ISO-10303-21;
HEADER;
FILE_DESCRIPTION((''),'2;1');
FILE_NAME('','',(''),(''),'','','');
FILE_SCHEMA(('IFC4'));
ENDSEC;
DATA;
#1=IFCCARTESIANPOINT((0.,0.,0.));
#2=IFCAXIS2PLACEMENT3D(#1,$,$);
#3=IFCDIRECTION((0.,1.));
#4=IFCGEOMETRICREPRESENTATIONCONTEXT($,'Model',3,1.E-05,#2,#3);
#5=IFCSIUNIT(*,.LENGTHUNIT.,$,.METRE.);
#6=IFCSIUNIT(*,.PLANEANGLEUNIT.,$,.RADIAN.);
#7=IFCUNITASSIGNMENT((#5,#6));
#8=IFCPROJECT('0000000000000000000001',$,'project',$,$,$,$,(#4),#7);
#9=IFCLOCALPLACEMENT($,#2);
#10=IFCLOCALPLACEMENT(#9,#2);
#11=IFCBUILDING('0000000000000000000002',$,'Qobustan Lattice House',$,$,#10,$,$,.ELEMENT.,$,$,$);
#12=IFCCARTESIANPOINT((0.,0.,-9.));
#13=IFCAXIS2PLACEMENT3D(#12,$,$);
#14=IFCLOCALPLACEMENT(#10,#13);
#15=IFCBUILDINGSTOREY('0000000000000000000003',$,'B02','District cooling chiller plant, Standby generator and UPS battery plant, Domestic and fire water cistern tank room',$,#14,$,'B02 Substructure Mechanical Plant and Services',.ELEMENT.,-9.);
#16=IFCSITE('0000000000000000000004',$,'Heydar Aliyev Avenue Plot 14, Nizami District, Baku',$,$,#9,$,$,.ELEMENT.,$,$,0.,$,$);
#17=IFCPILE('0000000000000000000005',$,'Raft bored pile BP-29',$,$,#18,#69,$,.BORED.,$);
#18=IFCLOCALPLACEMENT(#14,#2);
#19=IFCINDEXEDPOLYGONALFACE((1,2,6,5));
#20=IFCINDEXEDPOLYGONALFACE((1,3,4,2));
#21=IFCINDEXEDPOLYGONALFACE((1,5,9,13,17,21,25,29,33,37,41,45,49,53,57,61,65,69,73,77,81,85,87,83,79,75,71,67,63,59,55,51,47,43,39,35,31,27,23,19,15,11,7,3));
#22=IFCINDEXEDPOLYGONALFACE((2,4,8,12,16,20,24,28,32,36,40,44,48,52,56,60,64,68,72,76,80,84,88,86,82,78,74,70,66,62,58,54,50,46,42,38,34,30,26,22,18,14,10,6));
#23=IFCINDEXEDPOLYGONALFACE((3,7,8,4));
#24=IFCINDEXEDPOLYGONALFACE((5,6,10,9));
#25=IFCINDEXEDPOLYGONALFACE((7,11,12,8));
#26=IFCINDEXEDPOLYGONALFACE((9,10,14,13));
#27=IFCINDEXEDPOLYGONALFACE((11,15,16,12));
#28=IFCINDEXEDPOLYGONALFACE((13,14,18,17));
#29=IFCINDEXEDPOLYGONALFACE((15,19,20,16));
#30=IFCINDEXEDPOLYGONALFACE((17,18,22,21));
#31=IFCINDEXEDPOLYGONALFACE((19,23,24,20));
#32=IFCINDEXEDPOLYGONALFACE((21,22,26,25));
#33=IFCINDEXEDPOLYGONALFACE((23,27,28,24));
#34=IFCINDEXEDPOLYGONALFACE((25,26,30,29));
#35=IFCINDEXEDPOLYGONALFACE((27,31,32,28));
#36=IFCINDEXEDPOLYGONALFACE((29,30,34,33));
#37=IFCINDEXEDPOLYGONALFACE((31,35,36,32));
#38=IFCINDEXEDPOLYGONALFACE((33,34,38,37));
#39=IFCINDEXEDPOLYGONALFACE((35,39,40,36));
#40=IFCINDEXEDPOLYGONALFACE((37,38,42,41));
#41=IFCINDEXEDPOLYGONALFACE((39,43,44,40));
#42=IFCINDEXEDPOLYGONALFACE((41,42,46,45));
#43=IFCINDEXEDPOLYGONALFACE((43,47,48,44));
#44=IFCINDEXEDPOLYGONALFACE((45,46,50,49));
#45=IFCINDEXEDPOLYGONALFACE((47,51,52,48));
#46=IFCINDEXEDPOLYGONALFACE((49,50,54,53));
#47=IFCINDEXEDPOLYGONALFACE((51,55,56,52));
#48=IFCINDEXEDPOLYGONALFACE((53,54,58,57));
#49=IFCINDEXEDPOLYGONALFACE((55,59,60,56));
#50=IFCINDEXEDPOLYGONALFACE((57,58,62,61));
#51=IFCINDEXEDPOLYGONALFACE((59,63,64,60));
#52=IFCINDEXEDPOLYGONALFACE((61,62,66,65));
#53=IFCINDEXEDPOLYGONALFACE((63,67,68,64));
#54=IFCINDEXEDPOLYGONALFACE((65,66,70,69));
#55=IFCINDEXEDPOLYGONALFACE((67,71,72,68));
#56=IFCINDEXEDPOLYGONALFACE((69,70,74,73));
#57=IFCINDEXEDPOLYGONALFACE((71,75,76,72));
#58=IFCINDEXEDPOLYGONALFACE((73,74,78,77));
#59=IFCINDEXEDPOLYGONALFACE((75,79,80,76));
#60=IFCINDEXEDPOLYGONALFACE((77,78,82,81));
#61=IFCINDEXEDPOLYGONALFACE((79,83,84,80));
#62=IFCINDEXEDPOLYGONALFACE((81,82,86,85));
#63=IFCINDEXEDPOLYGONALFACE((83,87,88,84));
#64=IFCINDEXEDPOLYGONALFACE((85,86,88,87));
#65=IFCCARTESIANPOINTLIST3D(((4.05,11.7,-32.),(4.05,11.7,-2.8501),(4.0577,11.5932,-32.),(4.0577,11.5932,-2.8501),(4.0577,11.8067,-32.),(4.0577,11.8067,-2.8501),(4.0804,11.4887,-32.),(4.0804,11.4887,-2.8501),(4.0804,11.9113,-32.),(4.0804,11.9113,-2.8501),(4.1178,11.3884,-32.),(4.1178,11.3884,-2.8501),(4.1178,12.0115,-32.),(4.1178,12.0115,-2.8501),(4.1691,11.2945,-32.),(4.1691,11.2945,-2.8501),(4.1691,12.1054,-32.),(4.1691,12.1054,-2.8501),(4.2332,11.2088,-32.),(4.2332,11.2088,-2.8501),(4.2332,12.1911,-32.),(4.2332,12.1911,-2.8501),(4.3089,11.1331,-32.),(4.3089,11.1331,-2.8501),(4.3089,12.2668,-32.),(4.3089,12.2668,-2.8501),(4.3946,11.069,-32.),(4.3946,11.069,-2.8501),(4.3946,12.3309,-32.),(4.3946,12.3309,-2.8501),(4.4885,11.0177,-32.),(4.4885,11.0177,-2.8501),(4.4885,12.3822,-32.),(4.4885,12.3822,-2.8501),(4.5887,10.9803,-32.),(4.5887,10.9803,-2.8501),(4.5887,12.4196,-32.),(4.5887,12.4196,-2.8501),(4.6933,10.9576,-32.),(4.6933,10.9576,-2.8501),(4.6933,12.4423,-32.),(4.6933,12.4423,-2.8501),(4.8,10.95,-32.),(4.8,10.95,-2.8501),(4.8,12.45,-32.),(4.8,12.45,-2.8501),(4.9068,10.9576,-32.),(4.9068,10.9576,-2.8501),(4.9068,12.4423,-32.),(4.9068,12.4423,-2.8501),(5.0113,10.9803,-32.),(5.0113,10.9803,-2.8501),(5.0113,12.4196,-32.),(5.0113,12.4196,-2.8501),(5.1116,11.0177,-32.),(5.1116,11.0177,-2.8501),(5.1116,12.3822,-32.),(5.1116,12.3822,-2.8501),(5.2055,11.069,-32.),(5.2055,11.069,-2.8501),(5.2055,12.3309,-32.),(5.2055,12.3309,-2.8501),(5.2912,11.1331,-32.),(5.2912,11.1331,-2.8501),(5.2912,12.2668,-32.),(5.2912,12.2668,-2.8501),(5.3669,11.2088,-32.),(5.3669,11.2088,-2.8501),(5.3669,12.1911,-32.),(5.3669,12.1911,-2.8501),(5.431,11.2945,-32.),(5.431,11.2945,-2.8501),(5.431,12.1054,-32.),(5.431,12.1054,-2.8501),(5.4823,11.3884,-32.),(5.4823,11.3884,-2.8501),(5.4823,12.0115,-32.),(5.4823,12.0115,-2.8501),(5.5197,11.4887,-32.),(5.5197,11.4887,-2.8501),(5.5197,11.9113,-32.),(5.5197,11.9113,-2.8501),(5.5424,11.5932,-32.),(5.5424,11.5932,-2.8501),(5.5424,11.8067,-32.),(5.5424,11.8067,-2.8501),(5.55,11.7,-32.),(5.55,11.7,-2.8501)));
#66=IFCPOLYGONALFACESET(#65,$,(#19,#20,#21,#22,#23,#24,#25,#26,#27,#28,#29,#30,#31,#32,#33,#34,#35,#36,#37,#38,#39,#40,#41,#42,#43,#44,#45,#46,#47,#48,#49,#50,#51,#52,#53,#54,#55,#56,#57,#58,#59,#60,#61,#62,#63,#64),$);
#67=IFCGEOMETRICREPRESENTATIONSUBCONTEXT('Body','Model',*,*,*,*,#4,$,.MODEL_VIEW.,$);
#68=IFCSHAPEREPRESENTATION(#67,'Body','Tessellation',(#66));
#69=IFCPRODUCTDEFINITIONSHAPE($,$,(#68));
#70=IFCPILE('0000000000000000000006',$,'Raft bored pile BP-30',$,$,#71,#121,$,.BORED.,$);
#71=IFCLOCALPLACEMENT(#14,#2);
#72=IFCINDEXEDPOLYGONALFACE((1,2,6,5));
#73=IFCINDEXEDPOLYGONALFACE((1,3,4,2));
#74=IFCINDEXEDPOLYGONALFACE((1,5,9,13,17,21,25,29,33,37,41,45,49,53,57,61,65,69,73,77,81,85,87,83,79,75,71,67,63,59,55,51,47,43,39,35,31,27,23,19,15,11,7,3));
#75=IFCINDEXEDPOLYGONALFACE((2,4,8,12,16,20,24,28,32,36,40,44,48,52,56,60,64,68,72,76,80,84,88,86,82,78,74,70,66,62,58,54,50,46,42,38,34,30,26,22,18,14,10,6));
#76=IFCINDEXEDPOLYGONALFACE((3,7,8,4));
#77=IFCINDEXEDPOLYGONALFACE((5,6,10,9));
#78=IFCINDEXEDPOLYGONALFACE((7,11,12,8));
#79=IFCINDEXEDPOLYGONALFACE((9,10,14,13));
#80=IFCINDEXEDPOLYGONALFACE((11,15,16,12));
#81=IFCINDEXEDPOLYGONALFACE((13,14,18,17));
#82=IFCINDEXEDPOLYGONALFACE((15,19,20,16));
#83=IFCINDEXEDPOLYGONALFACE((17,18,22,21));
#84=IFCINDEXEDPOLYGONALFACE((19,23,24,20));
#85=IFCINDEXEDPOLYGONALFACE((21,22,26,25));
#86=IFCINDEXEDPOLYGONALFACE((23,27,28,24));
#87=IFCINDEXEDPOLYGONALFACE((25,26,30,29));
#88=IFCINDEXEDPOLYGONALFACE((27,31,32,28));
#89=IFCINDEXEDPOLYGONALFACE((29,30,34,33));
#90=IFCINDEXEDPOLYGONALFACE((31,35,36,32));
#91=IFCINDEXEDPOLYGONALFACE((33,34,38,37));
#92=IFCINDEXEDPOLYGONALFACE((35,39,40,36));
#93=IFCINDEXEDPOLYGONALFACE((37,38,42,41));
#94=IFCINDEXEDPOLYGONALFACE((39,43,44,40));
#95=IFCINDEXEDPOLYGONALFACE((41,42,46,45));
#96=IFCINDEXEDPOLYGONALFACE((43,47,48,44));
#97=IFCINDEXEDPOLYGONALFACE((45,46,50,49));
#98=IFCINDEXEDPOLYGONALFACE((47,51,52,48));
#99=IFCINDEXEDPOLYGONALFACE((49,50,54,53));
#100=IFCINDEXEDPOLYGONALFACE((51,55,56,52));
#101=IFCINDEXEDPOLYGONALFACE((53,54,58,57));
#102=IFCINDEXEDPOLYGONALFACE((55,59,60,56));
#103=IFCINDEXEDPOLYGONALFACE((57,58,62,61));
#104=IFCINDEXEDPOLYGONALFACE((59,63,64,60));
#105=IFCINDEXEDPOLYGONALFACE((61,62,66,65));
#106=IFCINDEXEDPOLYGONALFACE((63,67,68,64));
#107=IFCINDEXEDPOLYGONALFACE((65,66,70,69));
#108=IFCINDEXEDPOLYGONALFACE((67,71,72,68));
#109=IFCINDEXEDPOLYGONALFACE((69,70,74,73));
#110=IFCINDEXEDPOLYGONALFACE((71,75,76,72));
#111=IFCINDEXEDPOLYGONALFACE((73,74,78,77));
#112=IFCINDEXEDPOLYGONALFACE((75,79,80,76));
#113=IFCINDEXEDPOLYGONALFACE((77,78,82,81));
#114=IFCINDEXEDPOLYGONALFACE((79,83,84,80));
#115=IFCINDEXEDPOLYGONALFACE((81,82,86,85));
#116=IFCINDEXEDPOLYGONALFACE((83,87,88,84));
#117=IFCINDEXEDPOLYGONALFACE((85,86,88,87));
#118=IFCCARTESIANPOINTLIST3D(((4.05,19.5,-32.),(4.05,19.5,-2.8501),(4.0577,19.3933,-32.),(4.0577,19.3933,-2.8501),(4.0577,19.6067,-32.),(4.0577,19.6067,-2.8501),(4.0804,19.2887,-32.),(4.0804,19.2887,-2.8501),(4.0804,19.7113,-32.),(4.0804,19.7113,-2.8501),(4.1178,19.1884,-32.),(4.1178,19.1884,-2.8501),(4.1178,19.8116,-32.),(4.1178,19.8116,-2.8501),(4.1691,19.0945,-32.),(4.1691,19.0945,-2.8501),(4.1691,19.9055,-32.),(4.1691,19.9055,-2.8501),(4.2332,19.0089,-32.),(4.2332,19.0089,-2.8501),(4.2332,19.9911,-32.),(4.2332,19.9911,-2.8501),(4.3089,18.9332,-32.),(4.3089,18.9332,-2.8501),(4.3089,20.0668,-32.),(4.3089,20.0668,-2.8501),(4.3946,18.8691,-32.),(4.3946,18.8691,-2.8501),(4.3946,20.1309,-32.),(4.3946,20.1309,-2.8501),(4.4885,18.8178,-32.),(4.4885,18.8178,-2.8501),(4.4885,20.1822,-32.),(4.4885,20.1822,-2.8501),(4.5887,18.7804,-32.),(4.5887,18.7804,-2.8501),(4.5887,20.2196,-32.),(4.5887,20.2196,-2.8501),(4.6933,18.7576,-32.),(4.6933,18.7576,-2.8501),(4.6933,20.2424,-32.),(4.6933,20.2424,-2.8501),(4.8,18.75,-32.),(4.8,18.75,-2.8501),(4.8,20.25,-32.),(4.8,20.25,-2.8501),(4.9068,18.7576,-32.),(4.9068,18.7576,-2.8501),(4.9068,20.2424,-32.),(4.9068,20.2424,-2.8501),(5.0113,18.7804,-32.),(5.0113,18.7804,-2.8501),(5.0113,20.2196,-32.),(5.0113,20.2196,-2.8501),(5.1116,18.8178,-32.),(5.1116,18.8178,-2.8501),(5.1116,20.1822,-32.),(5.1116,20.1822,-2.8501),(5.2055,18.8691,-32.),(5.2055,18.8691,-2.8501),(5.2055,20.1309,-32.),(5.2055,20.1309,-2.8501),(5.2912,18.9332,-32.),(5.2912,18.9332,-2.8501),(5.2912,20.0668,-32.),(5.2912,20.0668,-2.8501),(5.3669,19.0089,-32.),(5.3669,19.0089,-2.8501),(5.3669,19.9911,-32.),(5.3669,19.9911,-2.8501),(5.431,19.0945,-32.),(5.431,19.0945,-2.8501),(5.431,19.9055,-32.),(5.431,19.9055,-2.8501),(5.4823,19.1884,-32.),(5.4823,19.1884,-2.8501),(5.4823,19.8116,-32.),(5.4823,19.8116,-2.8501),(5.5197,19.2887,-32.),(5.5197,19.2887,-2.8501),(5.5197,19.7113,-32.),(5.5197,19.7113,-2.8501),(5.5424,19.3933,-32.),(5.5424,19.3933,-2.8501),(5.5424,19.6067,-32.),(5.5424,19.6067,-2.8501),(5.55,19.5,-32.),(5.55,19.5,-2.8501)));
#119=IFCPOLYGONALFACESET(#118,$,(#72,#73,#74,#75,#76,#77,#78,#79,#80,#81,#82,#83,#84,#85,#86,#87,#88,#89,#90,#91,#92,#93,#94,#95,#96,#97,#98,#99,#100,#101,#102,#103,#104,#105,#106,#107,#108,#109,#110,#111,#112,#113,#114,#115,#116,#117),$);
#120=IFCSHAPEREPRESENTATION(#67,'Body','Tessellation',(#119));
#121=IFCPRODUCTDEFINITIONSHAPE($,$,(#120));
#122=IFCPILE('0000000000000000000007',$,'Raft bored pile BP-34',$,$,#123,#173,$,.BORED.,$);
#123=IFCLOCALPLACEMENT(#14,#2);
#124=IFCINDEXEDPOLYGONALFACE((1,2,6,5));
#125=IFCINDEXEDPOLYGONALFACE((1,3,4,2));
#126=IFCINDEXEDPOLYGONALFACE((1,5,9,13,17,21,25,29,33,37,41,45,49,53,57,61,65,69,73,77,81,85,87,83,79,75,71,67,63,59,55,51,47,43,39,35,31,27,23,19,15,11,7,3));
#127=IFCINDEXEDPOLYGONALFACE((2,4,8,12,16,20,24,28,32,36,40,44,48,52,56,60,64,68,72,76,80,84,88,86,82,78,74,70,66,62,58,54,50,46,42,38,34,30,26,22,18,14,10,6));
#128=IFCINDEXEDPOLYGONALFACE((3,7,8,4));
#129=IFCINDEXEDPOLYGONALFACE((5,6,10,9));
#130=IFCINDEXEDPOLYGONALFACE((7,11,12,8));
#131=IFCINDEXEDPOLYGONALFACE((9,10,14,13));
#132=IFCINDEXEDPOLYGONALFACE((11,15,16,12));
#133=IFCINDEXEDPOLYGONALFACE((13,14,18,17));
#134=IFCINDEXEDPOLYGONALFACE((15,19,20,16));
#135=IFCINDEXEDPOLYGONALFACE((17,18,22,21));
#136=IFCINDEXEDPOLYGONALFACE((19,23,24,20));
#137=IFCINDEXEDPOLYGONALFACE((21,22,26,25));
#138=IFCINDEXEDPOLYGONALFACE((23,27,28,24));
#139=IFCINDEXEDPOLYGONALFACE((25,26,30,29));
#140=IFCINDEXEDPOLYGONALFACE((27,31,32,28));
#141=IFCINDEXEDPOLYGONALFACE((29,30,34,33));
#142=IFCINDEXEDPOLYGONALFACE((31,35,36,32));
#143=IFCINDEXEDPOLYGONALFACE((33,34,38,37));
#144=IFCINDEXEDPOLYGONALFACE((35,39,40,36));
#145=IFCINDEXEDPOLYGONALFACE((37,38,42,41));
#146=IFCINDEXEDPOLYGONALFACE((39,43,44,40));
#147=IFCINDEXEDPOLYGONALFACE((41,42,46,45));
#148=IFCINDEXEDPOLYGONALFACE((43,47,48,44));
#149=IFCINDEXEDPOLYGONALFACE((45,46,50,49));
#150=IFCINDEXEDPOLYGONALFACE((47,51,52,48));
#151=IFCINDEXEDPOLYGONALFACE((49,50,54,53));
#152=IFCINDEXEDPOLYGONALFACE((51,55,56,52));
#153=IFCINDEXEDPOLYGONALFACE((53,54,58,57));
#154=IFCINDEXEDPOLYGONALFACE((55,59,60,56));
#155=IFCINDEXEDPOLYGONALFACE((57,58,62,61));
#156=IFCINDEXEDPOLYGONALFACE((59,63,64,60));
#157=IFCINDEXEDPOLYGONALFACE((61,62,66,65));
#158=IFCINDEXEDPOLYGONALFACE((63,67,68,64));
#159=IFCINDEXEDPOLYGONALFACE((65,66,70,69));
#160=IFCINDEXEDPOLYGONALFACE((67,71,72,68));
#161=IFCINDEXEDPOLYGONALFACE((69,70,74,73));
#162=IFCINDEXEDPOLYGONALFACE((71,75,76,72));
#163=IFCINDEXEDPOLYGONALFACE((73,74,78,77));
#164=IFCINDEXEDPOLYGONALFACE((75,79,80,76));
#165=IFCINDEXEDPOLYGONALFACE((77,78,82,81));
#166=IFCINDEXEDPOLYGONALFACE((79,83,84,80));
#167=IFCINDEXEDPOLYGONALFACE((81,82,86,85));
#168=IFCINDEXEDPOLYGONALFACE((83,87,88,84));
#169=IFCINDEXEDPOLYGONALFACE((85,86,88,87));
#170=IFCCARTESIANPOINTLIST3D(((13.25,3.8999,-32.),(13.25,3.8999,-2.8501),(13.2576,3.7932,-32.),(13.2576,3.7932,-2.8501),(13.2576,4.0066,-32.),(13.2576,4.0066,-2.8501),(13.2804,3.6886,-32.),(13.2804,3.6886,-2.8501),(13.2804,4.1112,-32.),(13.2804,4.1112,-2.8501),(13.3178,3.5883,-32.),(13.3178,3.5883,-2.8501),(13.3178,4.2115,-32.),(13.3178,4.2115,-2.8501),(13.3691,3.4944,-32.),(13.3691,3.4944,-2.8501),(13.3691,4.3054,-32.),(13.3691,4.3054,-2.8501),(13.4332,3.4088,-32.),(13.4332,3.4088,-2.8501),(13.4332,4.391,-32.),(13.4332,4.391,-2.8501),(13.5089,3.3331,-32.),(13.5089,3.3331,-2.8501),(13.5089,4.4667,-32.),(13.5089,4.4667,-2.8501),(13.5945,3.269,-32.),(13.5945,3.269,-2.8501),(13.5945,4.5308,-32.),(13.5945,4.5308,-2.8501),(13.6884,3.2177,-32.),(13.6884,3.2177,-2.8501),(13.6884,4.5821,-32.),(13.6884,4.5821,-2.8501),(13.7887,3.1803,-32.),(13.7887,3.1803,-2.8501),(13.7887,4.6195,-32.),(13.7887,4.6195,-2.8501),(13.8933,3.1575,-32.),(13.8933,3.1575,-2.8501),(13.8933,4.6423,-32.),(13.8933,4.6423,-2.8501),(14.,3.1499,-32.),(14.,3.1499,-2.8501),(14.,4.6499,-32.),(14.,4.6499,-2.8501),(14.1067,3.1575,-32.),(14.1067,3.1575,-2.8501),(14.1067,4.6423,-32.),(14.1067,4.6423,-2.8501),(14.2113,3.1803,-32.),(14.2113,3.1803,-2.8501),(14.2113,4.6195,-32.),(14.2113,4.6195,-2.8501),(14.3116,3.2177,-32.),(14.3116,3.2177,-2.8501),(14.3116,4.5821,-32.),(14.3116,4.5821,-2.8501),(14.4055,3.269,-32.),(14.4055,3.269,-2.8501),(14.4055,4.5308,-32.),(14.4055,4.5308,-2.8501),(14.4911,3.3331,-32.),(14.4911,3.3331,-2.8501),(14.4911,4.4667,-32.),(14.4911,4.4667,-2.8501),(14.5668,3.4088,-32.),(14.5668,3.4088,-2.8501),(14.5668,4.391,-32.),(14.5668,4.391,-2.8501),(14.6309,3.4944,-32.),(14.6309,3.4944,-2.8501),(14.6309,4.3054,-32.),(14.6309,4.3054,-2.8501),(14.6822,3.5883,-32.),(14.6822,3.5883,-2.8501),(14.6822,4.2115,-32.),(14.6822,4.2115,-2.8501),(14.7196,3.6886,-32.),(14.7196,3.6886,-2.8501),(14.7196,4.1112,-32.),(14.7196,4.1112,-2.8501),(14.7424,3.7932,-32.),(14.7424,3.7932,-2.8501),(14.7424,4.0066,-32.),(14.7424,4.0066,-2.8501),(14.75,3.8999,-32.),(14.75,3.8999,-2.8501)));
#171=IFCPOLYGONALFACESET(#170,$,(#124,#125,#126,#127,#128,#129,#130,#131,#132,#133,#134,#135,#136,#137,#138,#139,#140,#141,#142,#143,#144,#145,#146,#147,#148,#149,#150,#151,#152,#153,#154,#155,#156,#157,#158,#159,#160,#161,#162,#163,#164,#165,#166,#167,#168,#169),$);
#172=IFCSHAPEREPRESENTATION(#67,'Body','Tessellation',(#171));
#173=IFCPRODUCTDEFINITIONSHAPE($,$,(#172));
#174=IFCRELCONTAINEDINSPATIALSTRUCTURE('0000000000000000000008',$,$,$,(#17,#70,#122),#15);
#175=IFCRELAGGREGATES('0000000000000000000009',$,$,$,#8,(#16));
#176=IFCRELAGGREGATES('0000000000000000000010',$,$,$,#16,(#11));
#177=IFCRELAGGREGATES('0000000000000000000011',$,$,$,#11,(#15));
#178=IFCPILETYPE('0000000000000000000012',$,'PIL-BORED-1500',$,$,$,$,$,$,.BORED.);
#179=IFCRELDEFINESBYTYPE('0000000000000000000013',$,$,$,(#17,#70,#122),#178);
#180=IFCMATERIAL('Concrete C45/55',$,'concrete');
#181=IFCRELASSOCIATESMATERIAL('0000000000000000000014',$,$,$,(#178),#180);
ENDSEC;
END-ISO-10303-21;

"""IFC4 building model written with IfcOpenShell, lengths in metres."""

from ifc_helpers import new_model, si_unit, direction, frame, origin, origin_2d, place, context, subcontext, project, spatial, circle, extrude, material, material_profile, profile_set, type_object, element, save


model = new_model("IFC4")

# Units and contexts
model_context = context("Model", 3, precision=1e-05, world=origin(), true_north=direction((0.0, 1.0)))
body_context = subcontext(model_context, "Body", "Model", "MODEL_VIEW")
ifc_project = project(units=[si_unit("LENGTHUNIT", "METRE"), si_unit("PLANEANGLEUNIT", "RADIAN")], contexts=[model_context])

# Site, building, storey
site_placement = place(None, origin())
site = spatial("IfcSite", under=ifc_project, at=site_placement, Name="Heydar Aliyev Avenue Plot 14, Nizami District, Baku", CompositionType="ELEMENT", RefElevation=0.0)
building_placement = place(site_placement, origin())
building = spatial("IfcBuilding", under=site, at=building_placement, Name="Qobustan Lattice House", CompositionType="ELEMENT")
storey_placement = place(building_placement, frame((0.0, 0.0, -9.0)))
storey = spatial("IfcBuildingStorey", under=building, at=storey_placement, Name="B02", Description="District cooling chiller plant, Standby generator and UPS battery plant, Domestic and fire water cistern tank room", LongName="B02 Substructure Mechanical Plant and Services", CompositionType="ELEMENT", Elevation=-9.0)

# Piles
ifc_material_1 = material(Name="Concrete C45/55", Category="concrete")
ifc_material_profile_1 = material_profile(ifc_material_1, circle(Radius=0.75, at=origin_2d()), Name="PILE-D1500")
ifc_profile_set_1 = profile_set([ifc_material_profile_1], Name="Concrete C45/55")
pile_type = type_object("IfcPileType", Name="PIL-BORED-1500", PredefinedType="BORED", material=ifc_profile_set_1)
for number, where, z_axis, x_axis, name in (
    (1, (4.8, 11.7, -2.8501), (0.0, 0.0, -1.0), (1.0, 0.0, 0.0), "Raft bored pile BP-29"),
    (2, (4.8, 19.5, -2.8501), (0.0, 0.0, -1.0), (1.0, 0.0, 0.0), "Raft bored pile BP-30"),
    (3, (14.0, 3.8999, -2.8501), (0.0, 0.0, -1.0), (1.0, 0.0, 0.0), "Raft bored pile BP-34"),
):
    element("IfcPile", number, at=place(storey_placement, frame(where, z_axis=z_axis, x_axis=x_axis)), inside=storey, type_object=pile_type, Name=name, PredefinedType="BORED", context=body_context, shape_type="SweptSolid", body=[
        extrude(circle(Radius=0.75, at=origin_2d()), origin(), (0.0, 0.0, 1.0), 29.1499),
    ])

save(model, "model.ifc")
